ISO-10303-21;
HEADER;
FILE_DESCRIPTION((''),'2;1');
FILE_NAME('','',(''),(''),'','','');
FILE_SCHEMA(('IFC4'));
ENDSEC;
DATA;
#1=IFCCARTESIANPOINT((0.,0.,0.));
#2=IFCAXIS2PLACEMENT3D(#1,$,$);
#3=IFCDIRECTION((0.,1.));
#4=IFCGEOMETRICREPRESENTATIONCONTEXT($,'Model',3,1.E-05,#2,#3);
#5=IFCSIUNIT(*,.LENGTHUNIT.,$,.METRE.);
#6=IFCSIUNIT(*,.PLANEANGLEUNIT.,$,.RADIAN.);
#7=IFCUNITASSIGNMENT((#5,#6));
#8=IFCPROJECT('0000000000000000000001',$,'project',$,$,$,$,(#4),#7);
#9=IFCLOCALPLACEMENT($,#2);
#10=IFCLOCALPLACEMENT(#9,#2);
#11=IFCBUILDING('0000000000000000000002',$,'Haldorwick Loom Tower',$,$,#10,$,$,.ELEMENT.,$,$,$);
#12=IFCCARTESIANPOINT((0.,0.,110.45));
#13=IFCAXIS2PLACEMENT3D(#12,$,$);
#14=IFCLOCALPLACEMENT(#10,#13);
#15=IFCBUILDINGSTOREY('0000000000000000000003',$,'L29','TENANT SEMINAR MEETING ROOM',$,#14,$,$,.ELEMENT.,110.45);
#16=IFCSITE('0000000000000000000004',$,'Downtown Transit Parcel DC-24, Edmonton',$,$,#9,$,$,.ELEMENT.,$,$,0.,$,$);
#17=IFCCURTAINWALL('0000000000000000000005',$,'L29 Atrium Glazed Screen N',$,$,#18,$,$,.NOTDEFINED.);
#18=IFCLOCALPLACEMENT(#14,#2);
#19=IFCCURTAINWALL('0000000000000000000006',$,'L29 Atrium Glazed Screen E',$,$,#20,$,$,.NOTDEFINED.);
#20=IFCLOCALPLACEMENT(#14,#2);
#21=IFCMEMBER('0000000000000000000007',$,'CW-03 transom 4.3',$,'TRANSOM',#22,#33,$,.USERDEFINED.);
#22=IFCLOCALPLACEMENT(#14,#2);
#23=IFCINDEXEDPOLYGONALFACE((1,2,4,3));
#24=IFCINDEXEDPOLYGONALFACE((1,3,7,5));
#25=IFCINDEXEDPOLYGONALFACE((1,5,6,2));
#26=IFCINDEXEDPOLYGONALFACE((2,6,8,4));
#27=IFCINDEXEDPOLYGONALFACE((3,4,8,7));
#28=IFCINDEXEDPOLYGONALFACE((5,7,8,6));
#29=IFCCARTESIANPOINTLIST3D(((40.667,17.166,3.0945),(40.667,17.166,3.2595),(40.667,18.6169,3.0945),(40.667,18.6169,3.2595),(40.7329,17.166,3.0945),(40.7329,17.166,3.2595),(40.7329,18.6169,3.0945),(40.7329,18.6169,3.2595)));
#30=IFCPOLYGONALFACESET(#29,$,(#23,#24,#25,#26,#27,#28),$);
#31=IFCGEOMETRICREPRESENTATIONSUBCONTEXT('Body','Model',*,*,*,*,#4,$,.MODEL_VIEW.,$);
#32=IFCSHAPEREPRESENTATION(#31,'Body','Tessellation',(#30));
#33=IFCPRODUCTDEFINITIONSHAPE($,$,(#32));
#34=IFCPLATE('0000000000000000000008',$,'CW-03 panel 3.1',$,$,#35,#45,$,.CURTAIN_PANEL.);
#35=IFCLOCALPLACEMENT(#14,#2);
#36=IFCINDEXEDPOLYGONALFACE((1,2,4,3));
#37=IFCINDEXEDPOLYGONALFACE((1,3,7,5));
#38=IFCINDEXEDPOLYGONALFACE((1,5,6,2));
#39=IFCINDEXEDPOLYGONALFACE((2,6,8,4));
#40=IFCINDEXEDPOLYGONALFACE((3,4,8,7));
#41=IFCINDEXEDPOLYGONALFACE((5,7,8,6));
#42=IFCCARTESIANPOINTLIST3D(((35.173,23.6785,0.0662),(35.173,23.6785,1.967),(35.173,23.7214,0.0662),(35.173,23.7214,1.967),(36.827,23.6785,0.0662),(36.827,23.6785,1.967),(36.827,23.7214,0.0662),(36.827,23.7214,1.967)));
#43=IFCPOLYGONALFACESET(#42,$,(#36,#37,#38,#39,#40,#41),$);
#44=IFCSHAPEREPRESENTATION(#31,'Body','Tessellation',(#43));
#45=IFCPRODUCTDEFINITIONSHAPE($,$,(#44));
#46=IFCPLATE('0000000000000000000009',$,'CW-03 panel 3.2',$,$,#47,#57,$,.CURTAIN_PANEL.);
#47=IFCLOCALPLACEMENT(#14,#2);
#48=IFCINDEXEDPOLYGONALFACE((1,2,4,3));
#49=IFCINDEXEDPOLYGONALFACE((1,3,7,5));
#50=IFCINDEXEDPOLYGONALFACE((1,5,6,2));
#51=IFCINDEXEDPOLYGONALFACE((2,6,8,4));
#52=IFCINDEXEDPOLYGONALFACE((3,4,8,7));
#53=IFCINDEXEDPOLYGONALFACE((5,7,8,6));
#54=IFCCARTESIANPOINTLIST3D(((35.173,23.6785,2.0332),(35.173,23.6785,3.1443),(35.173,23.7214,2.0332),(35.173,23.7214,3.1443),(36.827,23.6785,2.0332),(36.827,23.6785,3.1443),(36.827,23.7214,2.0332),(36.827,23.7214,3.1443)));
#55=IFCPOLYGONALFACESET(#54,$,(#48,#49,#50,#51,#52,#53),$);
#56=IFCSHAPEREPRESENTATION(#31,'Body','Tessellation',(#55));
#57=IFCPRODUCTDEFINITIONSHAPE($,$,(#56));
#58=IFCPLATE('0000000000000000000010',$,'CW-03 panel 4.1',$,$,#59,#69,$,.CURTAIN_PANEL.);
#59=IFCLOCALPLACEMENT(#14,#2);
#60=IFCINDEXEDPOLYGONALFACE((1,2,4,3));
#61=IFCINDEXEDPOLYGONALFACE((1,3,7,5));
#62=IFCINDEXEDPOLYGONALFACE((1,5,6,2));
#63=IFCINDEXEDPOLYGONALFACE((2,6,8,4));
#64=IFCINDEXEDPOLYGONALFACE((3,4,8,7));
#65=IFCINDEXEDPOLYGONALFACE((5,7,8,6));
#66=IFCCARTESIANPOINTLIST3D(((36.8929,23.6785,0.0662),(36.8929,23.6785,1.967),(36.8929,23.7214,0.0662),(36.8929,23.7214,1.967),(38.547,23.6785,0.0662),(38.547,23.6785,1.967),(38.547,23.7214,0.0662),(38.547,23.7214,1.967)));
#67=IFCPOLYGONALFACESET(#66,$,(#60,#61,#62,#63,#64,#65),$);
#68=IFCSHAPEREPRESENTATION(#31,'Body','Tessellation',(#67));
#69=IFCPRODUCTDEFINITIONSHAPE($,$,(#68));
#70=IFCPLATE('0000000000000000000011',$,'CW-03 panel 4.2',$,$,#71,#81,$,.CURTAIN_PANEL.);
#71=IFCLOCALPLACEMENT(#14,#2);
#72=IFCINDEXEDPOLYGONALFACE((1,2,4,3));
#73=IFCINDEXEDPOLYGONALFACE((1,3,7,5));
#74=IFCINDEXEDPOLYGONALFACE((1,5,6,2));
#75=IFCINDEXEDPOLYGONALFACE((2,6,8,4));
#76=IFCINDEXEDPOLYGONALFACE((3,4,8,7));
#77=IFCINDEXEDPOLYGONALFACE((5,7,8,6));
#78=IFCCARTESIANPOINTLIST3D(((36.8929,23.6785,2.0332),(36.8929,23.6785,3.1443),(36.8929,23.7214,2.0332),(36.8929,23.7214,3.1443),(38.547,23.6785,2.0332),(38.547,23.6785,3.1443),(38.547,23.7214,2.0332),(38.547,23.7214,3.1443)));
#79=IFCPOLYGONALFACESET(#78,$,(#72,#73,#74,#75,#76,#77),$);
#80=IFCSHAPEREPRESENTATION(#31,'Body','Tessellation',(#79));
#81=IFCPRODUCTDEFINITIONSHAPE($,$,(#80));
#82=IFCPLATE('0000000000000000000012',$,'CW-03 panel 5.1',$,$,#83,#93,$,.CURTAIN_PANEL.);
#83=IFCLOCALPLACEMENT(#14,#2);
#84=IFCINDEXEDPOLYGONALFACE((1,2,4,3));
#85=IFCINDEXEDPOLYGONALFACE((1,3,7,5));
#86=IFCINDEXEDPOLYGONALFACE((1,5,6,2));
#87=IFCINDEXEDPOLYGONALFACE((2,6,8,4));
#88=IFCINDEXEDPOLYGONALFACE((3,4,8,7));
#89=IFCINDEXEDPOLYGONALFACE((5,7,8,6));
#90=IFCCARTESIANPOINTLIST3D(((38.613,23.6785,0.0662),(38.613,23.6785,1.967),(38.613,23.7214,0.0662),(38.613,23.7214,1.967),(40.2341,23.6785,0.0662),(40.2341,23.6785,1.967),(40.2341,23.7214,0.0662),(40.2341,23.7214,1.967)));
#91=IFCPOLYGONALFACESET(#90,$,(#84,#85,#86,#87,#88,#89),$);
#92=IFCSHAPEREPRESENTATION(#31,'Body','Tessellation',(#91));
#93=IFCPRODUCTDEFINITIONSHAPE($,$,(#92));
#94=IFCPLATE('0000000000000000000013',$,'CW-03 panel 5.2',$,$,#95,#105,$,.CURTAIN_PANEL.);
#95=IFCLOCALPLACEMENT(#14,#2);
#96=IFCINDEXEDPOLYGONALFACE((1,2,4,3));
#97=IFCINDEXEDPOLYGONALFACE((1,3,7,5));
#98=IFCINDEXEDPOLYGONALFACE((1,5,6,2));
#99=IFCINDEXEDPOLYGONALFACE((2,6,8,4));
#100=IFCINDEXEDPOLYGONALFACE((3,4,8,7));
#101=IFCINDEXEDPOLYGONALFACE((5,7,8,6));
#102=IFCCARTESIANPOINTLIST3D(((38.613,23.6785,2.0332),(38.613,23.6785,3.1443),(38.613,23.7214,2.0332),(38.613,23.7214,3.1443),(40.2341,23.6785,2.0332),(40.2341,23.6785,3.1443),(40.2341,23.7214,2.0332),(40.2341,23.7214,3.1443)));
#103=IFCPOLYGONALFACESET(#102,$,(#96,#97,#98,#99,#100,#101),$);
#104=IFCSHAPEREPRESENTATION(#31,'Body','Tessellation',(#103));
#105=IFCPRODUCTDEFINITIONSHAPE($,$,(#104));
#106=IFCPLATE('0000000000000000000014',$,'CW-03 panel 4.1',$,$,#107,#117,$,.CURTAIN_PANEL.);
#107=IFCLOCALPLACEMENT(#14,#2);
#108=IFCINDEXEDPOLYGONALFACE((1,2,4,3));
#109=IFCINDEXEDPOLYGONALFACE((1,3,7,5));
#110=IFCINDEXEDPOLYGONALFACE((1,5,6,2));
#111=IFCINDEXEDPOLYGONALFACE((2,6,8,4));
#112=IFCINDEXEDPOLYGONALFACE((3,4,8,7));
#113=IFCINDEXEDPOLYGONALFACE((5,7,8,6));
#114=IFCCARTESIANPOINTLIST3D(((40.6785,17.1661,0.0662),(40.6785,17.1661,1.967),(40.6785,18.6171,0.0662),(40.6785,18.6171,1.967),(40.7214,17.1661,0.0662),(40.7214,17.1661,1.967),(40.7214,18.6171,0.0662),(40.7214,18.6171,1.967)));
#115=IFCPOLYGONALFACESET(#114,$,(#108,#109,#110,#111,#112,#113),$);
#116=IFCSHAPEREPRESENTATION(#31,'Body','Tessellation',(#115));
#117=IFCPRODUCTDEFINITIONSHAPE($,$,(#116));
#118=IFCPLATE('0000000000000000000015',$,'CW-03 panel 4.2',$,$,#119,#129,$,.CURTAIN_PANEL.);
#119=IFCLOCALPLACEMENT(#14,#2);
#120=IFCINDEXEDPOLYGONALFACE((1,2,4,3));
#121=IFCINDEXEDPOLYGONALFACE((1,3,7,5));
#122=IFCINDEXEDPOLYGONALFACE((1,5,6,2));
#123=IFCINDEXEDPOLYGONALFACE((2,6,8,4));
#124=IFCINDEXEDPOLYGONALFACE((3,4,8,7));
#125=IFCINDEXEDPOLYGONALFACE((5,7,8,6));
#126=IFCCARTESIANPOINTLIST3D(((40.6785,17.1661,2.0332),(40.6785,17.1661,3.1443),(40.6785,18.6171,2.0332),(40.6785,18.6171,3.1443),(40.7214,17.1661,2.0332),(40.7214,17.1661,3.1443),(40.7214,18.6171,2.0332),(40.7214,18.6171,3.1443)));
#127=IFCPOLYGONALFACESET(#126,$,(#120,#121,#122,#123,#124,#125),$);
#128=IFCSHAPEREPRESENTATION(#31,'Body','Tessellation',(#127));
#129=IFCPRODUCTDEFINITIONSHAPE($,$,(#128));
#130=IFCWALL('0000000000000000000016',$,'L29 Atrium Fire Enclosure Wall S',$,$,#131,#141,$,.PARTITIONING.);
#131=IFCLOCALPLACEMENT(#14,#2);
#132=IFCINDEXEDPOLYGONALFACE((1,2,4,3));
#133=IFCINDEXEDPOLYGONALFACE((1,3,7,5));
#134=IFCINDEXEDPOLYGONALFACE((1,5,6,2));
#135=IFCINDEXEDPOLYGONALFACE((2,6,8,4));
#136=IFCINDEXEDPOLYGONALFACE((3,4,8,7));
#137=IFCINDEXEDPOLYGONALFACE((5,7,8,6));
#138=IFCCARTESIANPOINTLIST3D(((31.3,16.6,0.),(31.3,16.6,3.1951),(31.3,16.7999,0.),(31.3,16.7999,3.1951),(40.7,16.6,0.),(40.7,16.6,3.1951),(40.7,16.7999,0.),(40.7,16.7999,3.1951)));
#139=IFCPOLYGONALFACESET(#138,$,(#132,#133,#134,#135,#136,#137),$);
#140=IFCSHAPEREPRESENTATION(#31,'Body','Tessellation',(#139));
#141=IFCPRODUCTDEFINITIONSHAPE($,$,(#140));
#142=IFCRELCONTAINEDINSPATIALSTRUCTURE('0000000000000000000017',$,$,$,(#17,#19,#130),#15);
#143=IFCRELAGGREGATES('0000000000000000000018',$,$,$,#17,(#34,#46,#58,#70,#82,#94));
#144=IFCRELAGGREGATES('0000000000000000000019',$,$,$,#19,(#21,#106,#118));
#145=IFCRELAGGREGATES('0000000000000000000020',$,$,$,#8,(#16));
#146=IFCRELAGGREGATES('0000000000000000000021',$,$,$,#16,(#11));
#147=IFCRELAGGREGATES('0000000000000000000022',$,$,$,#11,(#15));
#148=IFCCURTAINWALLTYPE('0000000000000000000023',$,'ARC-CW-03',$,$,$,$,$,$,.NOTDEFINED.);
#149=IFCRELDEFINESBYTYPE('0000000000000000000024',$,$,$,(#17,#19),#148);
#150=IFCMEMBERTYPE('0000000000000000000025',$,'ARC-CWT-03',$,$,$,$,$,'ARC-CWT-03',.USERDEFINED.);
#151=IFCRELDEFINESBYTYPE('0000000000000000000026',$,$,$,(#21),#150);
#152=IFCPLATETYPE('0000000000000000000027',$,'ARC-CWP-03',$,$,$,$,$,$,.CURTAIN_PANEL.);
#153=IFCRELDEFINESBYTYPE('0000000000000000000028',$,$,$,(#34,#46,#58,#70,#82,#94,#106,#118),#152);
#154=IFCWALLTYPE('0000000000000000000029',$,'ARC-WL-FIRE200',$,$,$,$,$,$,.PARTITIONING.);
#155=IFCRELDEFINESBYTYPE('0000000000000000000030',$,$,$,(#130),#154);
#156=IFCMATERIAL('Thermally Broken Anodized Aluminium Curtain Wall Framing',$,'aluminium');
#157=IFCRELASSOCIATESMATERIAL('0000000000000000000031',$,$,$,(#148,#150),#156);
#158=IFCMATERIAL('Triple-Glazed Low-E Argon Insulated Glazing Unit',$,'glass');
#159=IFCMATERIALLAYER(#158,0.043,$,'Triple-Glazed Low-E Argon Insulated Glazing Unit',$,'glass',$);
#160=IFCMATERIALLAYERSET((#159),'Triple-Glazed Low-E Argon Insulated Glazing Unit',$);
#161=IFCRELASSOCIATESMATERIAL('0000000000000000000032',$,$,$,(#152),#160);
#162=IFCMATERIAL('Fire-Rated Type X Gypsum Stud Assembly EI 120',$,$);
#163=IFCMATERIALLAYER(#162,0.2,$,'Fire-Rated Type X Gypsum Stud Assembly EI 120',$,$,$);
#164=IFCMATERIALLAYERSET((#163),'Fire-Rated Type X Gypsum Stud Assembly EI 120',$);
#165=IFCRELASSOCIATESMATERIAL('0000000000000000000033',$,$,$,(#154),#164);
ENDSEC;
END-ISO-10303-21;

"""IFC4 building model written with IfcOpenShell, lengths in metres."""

from ifc_helpers import new_model, si_unit, direction, frame, frame_2d, origin, origin_2d, place, context, subcontext, project, spatial, rectangle, extrude, material, layer, layer_set, material_profile, profile_set, type_object, element, aggregate, save


model = new_model("IFC4")

# Units and contexts
model_context = context("Model", 3, precision=1e-05, world=origin(), true_north=direction((0.0, 1.0)))
body_context = subcontext(model_context, "Body", "Model", "MODEL_VIEW")
ifc_project = project(units=[si_unit("LENGTHUNIT", "METRE"), si_unit("PLANEANGLEUNIT", "RADIAN")], contexts=[model_context])

# Site, building, storey
site_placement = place(None, origin())
site = spatial("IfcSite", under=ifc_project, at=site_placement, Name="Downtown Transit Parcel DC-24, Edmonton", CompositionType="ELEMENT", RefElevation=0.0)
building_placement = place(site_placement, origin())
building = spatial("IfcBuilding", under=site, at=building_placement, Name="Haldorwick Loom Tower", CompositionType="ELEMENT")
storey_placement = place(building_placement, frame((0.0, 0.0, 110.45)))
storey = spatial("IfcBuildingStorey", under=building, at=storey_placement, Name="L29", Description="TENANT SEMINAR MEETING ROOM", CompositionType="ELEMENT", Elevation=110.45)

# Shared definitions
ifc_material_1 = material(Name="Thermally Broken Anodized Aluminium Curtain Wall Framing", Category="aluminium")
curtain_wall_type = type_object("IfcCurtainWallType", Name="ARC-CW-03", PredefinedType="NOTDEFINED", material=ifc_material_1)

# Curtain walls
curtain_wall_1_placement = place(storey_placement, origin())
curtain_wall_1 = element("IfcCurtainWall", 1, at=curtain_wall_1_placement, inside=storey, type_object=curtain_wall_type, Name="L29 Atrium Glazed Screen N", PredefinedType="NOTDEFINED")
curtain_wall_2_placement = place(storey_placement, origin())
curtain_wall_2 = element("IfcCurtainWall", 2, at=curtain_wall_2_placement, inside=storey, type_object=curtain_wall_type, Name="L29 Atrium Glazed Screen E", PredefinedType="NOTDEFINED")

# Member
ifc_material_profile_1 = material_profile(ifc_material_1, rectangle(XDim=0.0659, YDim=0.165, at=origin_2d()), Name="ALU_TRN_66X165", Category="aluminium")
ifc_profile_set_1 = profile_set([ifc_material_profile_1], Name="Thermally Broken Anodized Aluminium Curtain Wall Framing")
member_type_1 = type_object("IfcMemberType", Name="ARC-CWT-03", ElementType="ARC-CWT-03", PredefinedType="USERDEFINED", material=ifc_profile_set_1)
member_1_placement = place(storey_placement, frame((40.7, 18.6169, 3.177), z_axis=(0.0, -1.0, 0.0), x_axis=(1.0, 0.0, 0.0)))
member_1 = element("IfcMember", 3, at=member_1_placement, type_object=member_type_1, Name="CW-03 transom 4.3", ObjectType="TRANSOM", PredefinedType="USERDEFINED", context=body_context, shape_type="SweptSolid", body=[
    extrude(rectangle(XDim=0.0659, YDim=0.165, at=origin_2d()), origin(), (0.0, 0.0, 1.0), 1.4509),
])

# Plates
ifc_material_2 = material(Name="Triple-Glazed Low-E Argon Insulated Glazing Unit", Category="glass")
ifc_layer_1 = layer(ifc_material_2, 0.043, Name="Triple-Glazed Low-E Argon Insulated Glazing Unit", Category="glass")
ifc_layer_set_1 = layer_set([ifc_layer_1], Name="Triple-Glazed Low-E Argon Insulated Glazing Unit")
plate_type = type_object("IfcPlateType", Name="ARC-CWP-03", PredefinedType="CURTAIN_PANEL", material=ifc_layer_set_1)
plate_1_placement = place(storey_placement, frame((36.0, 23.7, 0.0662), z_axis=(0.0, 0.0, 1.0), x_axis=(1.0, 0.0, 0.0)))
plate_1 = element("IfcPlate", 4, at=plate_1_placement, type_object=plate_type, Name="CW-03 panel 3.1", PredefinedType="CURTAIN_PANEL", context=body_context, shape_type="SweptSolid", body=[
    extrude(rectangle(XDim=1.6541, YDim=0.043, at=origin_2d()), origin(), (0.0, 0.0, 1.0), 1.9009),
])
plate_2_placement = place(storey_placement, frame((36.0, 23.7, 2.0332), z_axis=(0.0, 0.0, 1.0), x_axis=(1.0, 0.0, 0.0)))
plate_2 = element("IfcPlate", 5, at=plate_2_placement, type_object=plate_type, Name="CW-03 panel 3.2", PredefinedType="CURTAIN_PANEL", context=body_context, shape_type="SweptSolid", body=[
    extrude(rectangle(XDim=1.6541, YDim=0.043, at=origin_2d()), origin(), (0.0, 0.0, 1.0), 1.1111),
])
plate_3_placement = place(storey_placement, frame((37.72, 23.7, 0.0662), z_axis=(0.0, 0.0, 1.0), x_axis=(1.0, 0.0, 0.0)))
plate_3 = element("IfcPlate", 6, at=plate_3_placement, type_object=plate_type, Name="CW-03 panel 4.1", PredefinedType="CURTAIN_PANEL", context=body_context, shape_type="SweptSolid", body=[
    extrude(rectangle(XDim=1.6541, YDim=0.043, at=origin_2d()), origin(), (0.0, 0.0, 1.0), 1.9009),
])
plate_4_placement = place(storey_placement, frame((37.72, 23.7, 2.0332), z_axis=(0.0, 0.0, 1.0), x_axis=(1.0, 0.0, 0.0)))
plate_4 = element("IfcPlate", 7, at=plate_4_placement, type_object=plate_type, Name="CW-03 panel 4.2", PredefinedType="CURTAIN_PANEL", context=body_context, shape_type="SweptSolid", body=[
    extrude(rectangle(XDim=1.6541, YDim=0.043, at=origin_2d()), origin(), (0.0, 0.0, 1.0), 1.1111),
])
plate_5_placement = place(storey_placement, frame((39.4236, 23.7, 0.0662), z_axis=(0.0, 0.0, 1.0), x_axis=(1.0, 0.0, 0.0)))
plate_5 = element("IfcPlate", 8, at=plate_5_placement, type_object=plate_type, Name="CW-03 panel 5.1", PredefinedType="CURTAIN_PANEL", context=body_context, shape_type="SweptSolid", body=[
    extrude(rectangle(XDim=1.6211, YDim=0.043, at=origin_2d()), origin(), (0.0, 0.0, 1.0), 1.9009),
])
plate_6_placement = place(storey_placement, frame((39.4236, 23.7, 2.0332), z_axis=(0.0, 0.0, 1.0), x_axis=(1.0, 0.0, 0.0)))
plate_6 = element("IfcPlate", 9, at=plate_6_placement, type_object=plate_type, Name="CW-03 panel 5.2", PredefinedType="CURTAIN_PANEL", context=body_context, shape_type="SweptSolid", body=[
    extrude(rectangle(XDim=1.6211, YDim=0.043, at=origin_2d()), origin(), (0.0, 0.0, 1.0), 1.1111),
])
aggregate(curtain_wall_1, [plate_1, plate_2, plate_3, plate_4, plate_5, plate_6])
plate_7_placement = place(storey_placement, frame((40.7, 17.8916, 0.0662), z_axis=(0.0, 0.0, 1.0), x_axis=(0.0, -1.0, 0.0)))
plate_7 = element("IfcPlate", 10, at=plate_7_placement, type_object=plate_type, Name="CW-03 panel 4.1", PredefinedType="CURTAIN_PANEL", context=body_context, shape_type="SweptSolid", body=[
    extrude(rectangle(XDim=1.4509, YDim=0.043, at=origin_2d()), origin(), (0.0, 0.0, 1.0), 1.9009),
])
plate_8_placement = place(storey_placement, frame((40.7, 17.8916, 2.0332), z_axis=(0.0, 0.0, 1.0), x_axis=(0.0, -1.0, 0.0)))
plate_8 = element("IfcPlate", 11, at=plate_8_placement, type_object=plate_type, Name="CW-03 panel 4.2", PredefinedType="CURTAIN_PANEL", context=body_context, shape_type="SweptSolid", body=[
    extrude(rectangle(XDim=1.4509, YDim=0.043, at=origin_2d()), origin(), (0.0, 0.0, 1.0), 1.1111),
])
aggregate(curtain_wall_2, [member_1, plate_7, plate_8])

# Wall
ifc_material_3 = material(Name="Fire-Rated Type X Gypsum Stud Assembly EI 120")
ifc_layer_2 = layer(ifc_material_3, 0.2, Name="Fire-Rated Type X Gypsum Stud Assembly EI 120")
ifc_layer_set_2 = layer_set([ifc_layer_2], Name="Fire-Rated Type X Gypsum Stud Assembly EI 120")
wall_type = type_object("IfcWallType", Name="ARC-WL-FIRE200", PredefinedType="PARTITIONING", material=ifc_layer_set_2)
wall_placement = place(storey_placement, frame((40.7, 16.7, 0.0), z_axis=(0.0, 0.0, 1.0), x_axis=(-1.0, 0.0, 0.0)))
element("IfcWall", 12, at=wall_placement, inside=storey, type_object=wall_type, Name="L29 Atrium Fire Enclosure Wall S", PredefinedType="PARTITIONING", context=body_context, shape_type="SweptSolid", body=[
    extrude(rectangle(XDim=9.3999, YDim=0.2, at=frame_2d((4.7, 0.0))), origin(), (0.0, 0.0, 1.0), 3.1951),
])

save(model, "model.ifc")
